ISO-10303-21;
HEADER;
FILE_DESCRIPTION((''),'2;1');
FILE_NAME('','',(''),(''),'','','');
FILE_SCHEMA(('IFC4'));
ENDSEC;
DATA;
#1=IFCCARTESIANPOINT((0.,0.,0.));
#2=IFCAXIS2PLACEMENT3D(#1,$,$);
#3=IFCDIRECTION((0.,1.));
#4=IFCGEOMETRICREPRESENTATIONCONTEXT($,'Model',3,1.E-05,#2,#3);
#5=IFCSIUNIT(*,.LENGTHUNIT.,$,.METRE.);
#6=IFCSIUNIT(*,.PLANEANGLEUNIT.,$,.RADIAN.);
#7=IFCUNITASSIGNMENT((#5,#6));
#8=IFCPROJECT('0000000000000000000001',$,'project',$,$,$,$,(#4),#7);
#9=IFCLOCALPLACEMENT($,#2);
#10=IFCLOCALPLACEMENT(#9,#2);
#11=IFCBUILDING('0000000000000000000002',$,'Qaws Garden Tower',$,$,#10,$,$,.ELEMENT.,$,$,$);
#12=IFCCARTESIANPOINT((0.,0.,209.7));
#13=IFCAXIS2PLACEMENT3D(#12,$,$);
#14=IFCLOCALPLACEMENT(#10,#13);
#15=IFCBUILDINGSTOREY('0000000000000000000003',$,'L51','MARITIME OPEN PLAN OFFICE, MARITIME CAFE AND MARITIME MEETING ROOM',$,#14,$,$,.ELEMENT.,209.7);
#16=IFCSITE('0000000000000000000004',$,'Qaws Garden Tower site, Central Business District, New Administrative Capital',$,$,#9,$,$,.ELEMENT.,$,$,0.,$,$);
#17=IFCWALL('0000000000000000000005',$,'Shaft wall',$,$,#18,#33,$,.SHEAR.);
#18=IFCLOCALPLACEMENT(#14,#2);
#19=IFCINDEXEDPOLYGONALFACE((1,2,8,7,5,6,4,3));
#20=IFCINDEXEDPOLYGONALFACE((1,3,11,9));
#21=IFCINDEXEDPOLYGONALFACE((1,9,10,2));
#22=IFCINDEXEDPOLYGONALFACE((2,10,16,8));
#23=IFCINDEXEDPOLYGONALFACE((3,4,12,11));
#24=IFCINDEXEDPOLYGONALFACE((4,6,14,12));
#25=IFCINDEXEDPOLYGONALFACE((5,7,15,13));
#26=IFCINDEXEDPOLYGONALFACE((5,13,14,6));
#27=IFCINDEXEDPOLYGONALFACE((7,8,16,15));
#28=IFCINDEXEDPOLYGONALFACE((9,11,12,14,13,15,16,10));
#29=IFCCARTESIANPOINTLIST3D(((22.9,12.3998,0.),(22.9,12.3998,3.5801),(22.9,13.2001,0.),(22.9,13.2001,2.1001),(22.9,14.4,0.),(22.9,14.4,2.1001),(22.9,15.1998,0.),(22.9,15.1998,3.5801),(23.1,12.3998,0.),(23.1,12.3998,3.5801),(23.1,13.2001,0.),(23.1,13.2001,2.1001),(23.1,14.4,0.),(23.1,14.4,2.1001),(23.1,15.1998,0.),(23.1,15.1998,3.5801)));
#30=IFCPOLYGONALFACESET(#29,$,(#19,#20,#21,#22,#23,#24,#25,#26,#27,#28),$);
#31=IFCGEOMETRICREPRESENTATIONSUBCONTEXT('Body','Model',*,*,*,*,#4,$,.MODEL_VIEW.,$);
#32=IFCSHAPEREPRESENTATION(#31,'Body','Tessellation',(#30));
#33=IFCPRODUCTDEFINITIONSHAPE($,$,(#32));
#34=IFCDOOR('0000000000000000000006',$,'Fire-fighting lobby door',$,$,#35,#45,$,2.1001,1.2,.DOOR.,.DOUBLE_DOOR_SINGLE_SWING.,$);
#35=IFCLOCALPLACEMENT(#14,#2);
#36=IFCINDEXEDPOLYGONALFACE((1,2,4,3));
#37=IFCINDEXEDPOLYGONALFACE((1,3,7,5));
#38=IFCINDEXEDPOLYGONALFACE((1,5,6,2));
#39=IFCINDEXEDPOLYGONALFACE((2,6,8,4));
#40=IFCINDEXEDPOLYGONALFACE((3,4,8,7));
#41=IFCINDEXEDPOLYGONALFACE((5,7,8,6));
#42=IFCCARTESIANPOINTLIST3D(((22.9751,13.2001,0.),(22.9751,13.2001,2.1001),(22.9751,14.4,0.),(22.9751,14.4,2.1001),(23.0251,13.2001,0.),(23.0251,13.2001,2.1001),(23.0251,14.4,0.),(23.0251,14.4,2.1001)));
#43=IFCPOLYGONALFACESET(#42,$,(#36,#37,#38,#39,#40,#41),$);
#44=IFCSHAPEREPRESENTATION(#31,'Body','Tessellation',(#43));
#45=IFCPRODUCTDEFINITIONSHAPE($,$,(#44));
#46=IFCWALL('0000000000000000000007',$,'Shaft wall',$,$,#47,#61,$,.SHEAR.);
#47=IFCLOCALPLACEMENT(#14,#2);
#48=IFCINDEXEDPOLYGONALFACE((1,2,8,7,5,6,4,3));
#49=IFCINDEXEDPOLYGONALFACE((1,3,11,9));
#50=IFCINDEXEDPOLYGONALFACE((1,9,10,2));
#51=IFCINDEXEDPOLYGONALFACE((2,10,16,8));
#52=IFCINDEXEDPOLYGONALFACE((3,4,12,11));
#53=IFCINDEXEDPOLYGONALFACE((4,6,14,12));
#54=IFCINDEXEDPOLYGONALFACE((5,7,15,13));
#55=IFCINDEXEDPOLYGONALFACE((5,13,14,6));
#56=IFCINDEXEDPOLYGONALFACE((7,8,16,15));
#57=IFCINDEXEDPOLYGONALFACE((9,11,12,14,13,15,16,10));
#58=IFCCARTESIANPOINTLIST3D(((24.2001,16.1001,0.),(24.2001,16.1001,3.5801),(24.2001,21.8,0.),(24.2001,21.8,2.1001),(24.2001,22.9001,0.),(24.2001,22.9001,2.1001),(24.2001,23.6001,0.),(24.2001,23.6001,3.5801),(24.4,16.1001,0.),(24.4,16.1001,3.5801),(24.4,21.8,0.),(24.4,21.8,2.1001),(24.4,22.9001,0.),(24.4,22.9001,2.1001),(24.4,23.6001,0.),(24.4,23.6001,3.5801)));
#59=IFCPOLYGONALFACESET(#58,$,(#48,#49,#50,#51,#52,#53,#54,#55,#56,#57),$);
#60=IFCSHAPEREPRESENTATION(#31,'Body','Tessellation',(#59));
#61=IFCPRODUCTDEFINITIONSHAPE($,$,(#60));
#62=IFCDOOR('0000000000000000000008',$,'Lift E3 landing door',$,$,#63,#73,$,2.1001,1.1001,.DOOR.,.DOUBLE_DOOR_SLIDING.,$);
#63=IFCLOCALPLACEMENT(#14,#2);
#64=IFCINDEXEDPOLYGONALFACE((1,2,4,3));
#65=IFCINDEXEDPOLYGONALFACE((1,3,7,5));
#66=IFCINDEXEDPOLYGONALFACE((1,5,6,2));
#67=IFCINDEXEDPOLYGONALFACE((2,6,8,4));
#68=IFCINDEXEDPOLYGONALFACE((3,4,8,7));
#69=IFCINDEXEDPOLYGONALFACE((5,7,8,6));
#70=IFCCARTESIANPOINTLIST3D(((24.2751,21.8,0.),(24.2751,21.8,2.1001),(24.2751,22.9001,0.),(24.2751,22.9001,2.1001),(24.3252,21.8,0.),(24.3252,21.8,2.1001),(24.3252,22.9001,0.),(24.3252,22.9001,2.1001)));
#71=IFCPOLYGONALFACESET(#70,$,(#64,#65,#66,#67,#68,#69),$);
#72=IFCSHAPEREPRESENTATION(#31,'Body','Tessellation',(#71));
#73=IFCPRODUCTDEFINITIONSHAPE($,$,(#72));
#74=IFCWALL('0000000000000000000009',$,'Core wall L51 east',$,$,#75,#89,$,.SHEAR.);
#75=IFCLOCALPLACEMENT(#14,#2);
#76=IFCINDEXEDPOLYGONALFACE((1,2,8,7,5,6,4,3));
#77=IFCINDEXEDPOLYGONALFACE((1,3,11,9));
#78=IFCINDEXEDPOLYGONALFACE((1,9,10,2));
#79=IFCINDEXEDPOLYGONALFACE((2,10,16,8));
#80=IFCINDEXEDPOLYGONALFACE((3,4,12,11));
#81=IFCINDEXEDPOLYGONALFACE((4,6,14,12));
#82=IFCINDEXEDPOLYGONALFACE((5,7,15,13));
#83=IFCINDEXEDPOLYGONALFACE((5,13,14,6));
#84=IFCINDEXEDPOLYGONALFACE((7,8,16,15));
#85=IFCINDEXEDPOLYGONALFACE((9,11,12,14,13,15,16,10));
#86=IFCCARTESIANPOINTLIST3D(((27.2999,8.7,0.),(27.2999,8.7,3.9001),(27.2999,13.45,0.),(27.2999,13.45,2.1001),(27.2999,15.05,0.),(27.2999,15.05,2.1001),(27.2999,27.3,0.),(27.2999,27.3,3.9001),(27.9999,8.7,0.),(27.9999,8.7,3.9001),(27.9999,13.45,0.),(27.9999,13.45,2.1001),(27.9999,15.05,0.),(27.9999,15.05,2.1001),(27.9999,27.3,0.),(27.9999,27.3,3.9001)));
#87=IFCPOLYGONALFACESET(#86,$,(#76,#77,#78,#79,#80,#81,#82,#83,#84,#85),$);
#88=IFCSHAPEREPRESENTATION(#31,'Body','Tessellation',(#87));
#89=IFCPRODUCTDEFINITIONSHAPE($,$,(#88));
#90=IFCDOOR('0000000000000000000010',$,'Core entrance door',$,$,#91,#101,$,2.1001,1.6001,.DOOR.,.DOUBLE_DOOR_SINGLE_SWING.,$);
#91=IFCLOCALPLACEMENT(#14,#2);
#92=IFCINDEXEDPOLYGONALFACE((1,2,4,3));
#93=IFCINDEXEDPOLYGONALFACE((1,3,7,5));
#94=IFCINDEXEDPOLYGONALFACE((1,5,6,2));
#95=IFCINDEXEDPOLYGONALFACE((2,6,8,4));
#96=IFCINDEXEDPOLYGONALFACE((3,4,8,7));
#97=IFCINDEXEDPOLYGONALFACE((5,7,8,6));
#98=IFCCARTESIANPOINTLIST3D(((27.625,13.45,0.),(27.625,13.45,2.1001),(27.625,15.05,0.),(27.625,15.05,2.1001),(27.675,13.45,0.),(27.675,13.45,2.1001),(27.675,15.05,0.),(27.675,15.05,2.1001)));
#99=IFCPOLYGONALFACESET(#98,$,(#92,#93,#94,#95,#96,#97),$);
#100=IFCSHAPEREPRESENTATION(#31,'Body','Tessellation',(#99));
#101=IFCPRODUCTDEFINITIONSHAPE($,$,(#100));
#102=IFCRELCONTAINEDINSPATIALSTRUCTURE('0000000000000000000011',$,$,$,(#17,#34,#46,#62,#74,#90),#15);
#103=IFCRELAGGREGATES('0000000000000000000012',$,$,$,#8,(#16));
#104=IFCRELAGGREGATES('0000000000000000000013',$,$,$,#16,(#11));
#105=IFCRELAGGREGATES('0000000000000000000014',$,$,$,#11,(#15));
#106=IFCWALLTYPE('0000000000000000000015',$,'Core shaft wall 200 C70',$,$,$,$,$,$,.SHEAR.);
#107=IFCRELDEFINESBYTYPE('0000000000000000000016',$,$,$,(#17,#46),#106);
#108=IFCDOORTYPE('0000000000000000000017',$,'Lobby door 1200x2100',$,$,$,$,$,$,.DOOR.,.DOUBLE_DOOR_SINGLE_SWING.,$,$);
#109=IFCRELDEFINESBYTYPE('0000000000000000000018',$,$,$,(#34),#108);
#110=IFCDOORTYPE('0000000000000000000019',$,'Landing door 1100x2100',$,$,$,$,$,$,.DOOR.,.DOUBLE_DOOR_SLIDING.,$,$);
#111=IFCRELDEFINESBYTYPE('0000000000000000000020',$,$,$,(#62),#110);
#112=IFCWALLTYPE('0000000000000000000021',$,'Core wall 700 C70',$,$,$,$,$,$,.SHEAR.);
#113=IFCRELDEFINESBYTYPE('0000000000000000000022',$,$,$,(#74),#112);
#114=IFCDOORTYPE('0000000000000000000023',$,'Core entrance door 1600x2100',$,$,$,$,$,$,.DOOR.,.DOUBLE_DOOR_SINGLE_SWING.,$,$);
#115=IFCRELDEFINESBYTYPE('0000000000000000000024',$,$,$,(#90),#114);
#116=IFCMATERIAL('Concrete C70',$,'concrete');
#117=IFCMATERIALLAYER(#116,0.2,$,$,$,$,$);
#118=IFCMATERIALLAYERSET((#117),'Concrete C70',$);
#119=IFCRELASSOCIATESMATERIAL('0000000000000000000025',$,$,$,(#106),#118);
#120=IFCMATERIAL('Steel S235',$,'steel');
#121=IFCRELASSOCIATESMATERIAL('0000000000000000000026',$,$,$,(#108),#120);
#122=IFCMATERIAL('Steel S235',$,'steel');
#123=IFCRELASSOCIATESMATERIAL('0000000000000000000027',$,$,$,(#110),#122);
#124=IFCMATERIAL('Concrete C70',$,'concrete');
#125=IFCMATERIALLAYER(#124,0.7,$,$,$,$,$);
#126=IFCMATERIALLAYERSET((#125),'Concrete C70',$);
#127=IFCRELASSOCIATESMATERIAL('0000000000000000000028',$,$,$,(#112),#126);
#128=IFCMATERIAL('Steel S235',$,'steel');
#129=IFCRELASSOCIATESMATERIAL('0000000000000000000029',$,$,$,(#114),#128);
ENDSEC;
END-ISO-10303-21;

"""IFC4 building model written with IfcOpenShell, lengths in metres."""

from ifc_helpers import new_model, si_unit, direction, frame, frame_2d, origin, place, context, subcontext, project, spatial, rectangle, extrude, material, layer, layer_set, type_object, element, fill, save


model = new_model("IFC4")

# Units and contexts
model_context = context("Model", 3, precision=1e-05, world=origin(), true_north=direction((0.0, 1.0)))
body_context = subcontext(model_context, "Body", "Model", "MODEL_VIEW")
ifc_project = project(units=[si_unit("LENGTHUNIT", "METRE"), si_unit("PLANEANGLEUNIT", "RADIAN")], contexts=[model_context])

# Site, building, storey
site_placement = place(None, origin())
site = spatial("IfcSite", under=ifc_project, at=site_placement, Name="Qaws Garden Tower site, Central Business District, New Administrative Capital", CompositionType="ELEMENT", RefElevation=0.0)
building_placement = place(site_placement, origin())
building = spatial("IfcBuilding", under=site, at=building_placement, Name="Qaws Garden Tower", CompositionType="ELEMENT")
storey_placement = place(building_placement, frame((0.0, 0.0, 209.7)))
storey = spatial("IfcBuildingStorey", under=building, at=storey_placement, Name="L51", Description="MARITIME OPEN PLAN OFFICE, MARITIME CAFE AND MARITIME MEETING ROOM", CompositionType="ELEMENT", Elevation=209.7)

# Shared definitions
ifc_material_1 = material(Name="Concrete C70", Category="concrete")
ifc_layer_1 = layer(ifc_material_1, 0.2)
ifc_layer_set_1 = layer_set([ifc_layer_1], Name="Concrete C70")
wall_type_1 = type_object("IfcWallType", Name="Core shaft wall 200 C70", PredefinedType="SHEAR", material=ifc_layer_set_1)

# Walls, openings, doors
wall_1_placement = place(storey_placement, frame((23.0, 12.3999, 0.0), z_axis=(0.0, 0.0, 1.0), x_axis=(0.0, 1.0, 0.0)))
wall_1 = element("IfcWall", 1, at=wall_1_placement, inside=storey, type_object=wall_type_1, Name="Shaft wall", PredefinedType="SHEAR", context=body_context, shape_type="SweptSolid", body=[
    extrude(rectangle(XDim=2.8, YDim=0.2, at=frame_2d((1.3999, 0.0))), origin(), (0.0, 0.0, 1.0), 3.5801),
])
opening_1_placement = place(wall_1_placement, frame((0.8, 0.0, 0.0)))
opening_1 = element("IfcOpeningElement", 2, at=opening_1_placement, cuts=wall_1, PredefinedType="OPENING", context=body_context, shape_type="SweptSolid", body=[
    extrude(rectangle(XDim=1.2, YDim=2.1001, at=frame_2d((0.6001, 1.05))), frame((0.0, 0.1099, 0.0), z_axis=(0.0, -1.0, 0.0), x_axis=(1.0, 0.0, 0.0)), (0.0, 0.0, 1.0), 0.22),
])
ifc_material_2 = material(Name="Steel S235", Category="steel")
door_type_1 = type_object("IfcDoorType", Name="Lobby door 1200x2100", OperationType="DOUBLE_DOOR_SINGLE_SWING", PredefinedType="DOOR", material=ifc_material_2)
door_1_placement = place(opening_1_placement, origin())
door_1 = element("IfcDoor", 3, at=door_1_placement, inside=storey, type_object=door_type_1, Name="Fire-fighting lobby door", OperationType="DOUBLE_DOOR_SINGLE_SWING", OverallHeight=2.1001, OverallWidth=1.2, PredefinedType="DOOR", context=body_context, shape_type="SweptSolid", body=[
    extrude(rectangle(XDim=1.2, YDim=2.1001, at=frame_2d((0.6001, 1.05))), frame((0.0, 0.0249, 0.0), z_axis=(0.0, -1.0, 0.0), x_axis=(1.0, 0.0, 0.0)), (0.0, 0.0, 1.0), 0.05),
])
fill(opening_1, door_1)
wall_2_placement = place(storey_placement, frame((24.3, 16.1001, 0.0), z_axis=(0.0, 0.0, 1.0), x_axis=(0.0, 1.0, 0.0)))
wall_2 = element("IfcWall", 4, at=wall_2_placement, inside=storey, type_object=wall_type_1, Name="Shaft wall", PredefinedType="SHEAR", context=body_context, shape_type="SweptSolid", body=[
    extrude(rectangle(XDim=7.5, YDim=0.2, at=frame_2d((3.75, 0.0))), origin(), (0.0, 0.0, 1.0), 3.5801),
])
opening_2_placement = place(wall_2_placement, frame((5.7, 0.0, 0.0)))
opening_2 = element("IfcOpeningElement", 5, at=opening_2_placement, cuts=wall_2, PredefinedType="OPENING", context=body_context, shape_type="SweptSolid", body=[
    extrude(rectangle(XDim=1.1001, YDim=2.1001, at=frame_2d((0.55, 1.05))), frame((0.0, 0.1099, 0.0), z_axis=(0.0, -1.0, 0.0), x_axis=(1.0, 0.0, 0.0)), (0.0, 0.0, 1.0), 0.22),
])
ifc_material_3 = material(Name="Steel S235", Category="steel")
door_type_2 = type_object("IfcDoorType", Name="Landing door 1100x2100", OperationType="DOUBLE_DOOR_SLIDING", PredefinedType="DOOR", material=ifc_material_3)
door_2_placement = place(opening_2_placement, origin())
door_2 = element("IfcDoor", 6, at=door_2_placement, inside=storey, type_object=door_type_2, Name="Lift E3 landing door", OperationType="DOUBLE_DOOR_SLIDING", OverallHeight=2.1001, OverallWidth=1.1001, PredefinedType="DOOR", context=body_context, shape_type="SweptSolid", body=[
    extrude(rectangle(XDim=1.1001, YDim=2.1001, at=frame_2d((0.55, 1.05))), frame((0.0, 0.0249, 0.0), z_axis=(0.0, -1.0, 0.0), x_axis=(1.0, 0.0, 0.0)), (0.0, 0.0, 1.0), 0.05),
])
fill(opening_2, door_2)
ifc_material_4 = material(Name="Concrete C70", Category="concrete")
ifc_layer_2 = layer(ifc_material_4, 0.7)
ifc_layer_set_2 = layer_set([ifc_layer_2], Name="Concrete C70")
wall_type_2 = type_object("IfcWallType", Name="Core wall 700 C70", PredefinedType="SHEAR", material=ifc_layer_set_2)
wall_3_placement = place(storey_placement, frame((27.6499, 8.7, 0.0), z_axis=(0.0, 0.0, 1.0), x_axis=(0.0, 1.0, 0.0)))
wall_3 = element("IfcWall", 7, at=wall_3_placement, inside=storey, type_object=wall_type_2, Name="Core wall L51 east", PredefinedType="SHEAR", context=body_context, shape_type="SweptSolid", body=[
    extrude(rectangle(XDim=18.6001, YDim=0.7, at=frame_2d((9.3, 0.0))), origin(), (0.0, 0.0, 1.0), 3.9001),
])
opening_3_placement = place(wall_3_placement, frame((4.75, 0.0, 0.0)))
opening_3 = element("IfcOpeningElement", 8, at=opening_3_placement, cuts=wall_3, PredefinedType="OPENING", context=body_context, shape_type="SweptSolid", body=[
    extrude(rectangle(XDim=1.6001, YDim=2.1001, at=frame_2d((0.8, 1.05))), frame((0.0, 0.3599, 0.0), z_axis=(0.0, -1.0, 0.0), x_axis=(1.0, 0.0, 0.0)), (0.0, 0.0, 1.0), 0.72),
])
ifc_material_5 = material(Name="Steel S235", Category="steel")
door_type_3 = type_object("IfcDoorType", Name="Core entrance door 1600x2100", OperationType="DOUBLE_DOOR_SINGLE_SWING", PredefinedType="DOOR", material=ifc_material_5)
door_3_placement = place(opening_3_placement, origin())
door_3 = element("IfcDoor", 9, at=door_3_placement, inside=storey, type_object=door_type_3, Name="Core entrance door", OperationType="DOUBLE_DOOR_SINGLE_SWING", OverallHeight=2.1001, OverallWidth=1.6001, PredefinedType="DOOR", context=body_context, shape_type="SweptSolid", body=[
    extrude(rectangle(XDim=1.6001, YDim=2.1001, at=frame_2d((0.8, 1.05))), frame((0.0, 0.0249, 0.0), z_axis=(0.0, -1.0, 0.0), x_axis=(1.0, 0.0, 0.0)), (0.0, 0.0, 1.0), 0.05),
])
fill(opening_3, door_3)

save(model, "model.ifc")
